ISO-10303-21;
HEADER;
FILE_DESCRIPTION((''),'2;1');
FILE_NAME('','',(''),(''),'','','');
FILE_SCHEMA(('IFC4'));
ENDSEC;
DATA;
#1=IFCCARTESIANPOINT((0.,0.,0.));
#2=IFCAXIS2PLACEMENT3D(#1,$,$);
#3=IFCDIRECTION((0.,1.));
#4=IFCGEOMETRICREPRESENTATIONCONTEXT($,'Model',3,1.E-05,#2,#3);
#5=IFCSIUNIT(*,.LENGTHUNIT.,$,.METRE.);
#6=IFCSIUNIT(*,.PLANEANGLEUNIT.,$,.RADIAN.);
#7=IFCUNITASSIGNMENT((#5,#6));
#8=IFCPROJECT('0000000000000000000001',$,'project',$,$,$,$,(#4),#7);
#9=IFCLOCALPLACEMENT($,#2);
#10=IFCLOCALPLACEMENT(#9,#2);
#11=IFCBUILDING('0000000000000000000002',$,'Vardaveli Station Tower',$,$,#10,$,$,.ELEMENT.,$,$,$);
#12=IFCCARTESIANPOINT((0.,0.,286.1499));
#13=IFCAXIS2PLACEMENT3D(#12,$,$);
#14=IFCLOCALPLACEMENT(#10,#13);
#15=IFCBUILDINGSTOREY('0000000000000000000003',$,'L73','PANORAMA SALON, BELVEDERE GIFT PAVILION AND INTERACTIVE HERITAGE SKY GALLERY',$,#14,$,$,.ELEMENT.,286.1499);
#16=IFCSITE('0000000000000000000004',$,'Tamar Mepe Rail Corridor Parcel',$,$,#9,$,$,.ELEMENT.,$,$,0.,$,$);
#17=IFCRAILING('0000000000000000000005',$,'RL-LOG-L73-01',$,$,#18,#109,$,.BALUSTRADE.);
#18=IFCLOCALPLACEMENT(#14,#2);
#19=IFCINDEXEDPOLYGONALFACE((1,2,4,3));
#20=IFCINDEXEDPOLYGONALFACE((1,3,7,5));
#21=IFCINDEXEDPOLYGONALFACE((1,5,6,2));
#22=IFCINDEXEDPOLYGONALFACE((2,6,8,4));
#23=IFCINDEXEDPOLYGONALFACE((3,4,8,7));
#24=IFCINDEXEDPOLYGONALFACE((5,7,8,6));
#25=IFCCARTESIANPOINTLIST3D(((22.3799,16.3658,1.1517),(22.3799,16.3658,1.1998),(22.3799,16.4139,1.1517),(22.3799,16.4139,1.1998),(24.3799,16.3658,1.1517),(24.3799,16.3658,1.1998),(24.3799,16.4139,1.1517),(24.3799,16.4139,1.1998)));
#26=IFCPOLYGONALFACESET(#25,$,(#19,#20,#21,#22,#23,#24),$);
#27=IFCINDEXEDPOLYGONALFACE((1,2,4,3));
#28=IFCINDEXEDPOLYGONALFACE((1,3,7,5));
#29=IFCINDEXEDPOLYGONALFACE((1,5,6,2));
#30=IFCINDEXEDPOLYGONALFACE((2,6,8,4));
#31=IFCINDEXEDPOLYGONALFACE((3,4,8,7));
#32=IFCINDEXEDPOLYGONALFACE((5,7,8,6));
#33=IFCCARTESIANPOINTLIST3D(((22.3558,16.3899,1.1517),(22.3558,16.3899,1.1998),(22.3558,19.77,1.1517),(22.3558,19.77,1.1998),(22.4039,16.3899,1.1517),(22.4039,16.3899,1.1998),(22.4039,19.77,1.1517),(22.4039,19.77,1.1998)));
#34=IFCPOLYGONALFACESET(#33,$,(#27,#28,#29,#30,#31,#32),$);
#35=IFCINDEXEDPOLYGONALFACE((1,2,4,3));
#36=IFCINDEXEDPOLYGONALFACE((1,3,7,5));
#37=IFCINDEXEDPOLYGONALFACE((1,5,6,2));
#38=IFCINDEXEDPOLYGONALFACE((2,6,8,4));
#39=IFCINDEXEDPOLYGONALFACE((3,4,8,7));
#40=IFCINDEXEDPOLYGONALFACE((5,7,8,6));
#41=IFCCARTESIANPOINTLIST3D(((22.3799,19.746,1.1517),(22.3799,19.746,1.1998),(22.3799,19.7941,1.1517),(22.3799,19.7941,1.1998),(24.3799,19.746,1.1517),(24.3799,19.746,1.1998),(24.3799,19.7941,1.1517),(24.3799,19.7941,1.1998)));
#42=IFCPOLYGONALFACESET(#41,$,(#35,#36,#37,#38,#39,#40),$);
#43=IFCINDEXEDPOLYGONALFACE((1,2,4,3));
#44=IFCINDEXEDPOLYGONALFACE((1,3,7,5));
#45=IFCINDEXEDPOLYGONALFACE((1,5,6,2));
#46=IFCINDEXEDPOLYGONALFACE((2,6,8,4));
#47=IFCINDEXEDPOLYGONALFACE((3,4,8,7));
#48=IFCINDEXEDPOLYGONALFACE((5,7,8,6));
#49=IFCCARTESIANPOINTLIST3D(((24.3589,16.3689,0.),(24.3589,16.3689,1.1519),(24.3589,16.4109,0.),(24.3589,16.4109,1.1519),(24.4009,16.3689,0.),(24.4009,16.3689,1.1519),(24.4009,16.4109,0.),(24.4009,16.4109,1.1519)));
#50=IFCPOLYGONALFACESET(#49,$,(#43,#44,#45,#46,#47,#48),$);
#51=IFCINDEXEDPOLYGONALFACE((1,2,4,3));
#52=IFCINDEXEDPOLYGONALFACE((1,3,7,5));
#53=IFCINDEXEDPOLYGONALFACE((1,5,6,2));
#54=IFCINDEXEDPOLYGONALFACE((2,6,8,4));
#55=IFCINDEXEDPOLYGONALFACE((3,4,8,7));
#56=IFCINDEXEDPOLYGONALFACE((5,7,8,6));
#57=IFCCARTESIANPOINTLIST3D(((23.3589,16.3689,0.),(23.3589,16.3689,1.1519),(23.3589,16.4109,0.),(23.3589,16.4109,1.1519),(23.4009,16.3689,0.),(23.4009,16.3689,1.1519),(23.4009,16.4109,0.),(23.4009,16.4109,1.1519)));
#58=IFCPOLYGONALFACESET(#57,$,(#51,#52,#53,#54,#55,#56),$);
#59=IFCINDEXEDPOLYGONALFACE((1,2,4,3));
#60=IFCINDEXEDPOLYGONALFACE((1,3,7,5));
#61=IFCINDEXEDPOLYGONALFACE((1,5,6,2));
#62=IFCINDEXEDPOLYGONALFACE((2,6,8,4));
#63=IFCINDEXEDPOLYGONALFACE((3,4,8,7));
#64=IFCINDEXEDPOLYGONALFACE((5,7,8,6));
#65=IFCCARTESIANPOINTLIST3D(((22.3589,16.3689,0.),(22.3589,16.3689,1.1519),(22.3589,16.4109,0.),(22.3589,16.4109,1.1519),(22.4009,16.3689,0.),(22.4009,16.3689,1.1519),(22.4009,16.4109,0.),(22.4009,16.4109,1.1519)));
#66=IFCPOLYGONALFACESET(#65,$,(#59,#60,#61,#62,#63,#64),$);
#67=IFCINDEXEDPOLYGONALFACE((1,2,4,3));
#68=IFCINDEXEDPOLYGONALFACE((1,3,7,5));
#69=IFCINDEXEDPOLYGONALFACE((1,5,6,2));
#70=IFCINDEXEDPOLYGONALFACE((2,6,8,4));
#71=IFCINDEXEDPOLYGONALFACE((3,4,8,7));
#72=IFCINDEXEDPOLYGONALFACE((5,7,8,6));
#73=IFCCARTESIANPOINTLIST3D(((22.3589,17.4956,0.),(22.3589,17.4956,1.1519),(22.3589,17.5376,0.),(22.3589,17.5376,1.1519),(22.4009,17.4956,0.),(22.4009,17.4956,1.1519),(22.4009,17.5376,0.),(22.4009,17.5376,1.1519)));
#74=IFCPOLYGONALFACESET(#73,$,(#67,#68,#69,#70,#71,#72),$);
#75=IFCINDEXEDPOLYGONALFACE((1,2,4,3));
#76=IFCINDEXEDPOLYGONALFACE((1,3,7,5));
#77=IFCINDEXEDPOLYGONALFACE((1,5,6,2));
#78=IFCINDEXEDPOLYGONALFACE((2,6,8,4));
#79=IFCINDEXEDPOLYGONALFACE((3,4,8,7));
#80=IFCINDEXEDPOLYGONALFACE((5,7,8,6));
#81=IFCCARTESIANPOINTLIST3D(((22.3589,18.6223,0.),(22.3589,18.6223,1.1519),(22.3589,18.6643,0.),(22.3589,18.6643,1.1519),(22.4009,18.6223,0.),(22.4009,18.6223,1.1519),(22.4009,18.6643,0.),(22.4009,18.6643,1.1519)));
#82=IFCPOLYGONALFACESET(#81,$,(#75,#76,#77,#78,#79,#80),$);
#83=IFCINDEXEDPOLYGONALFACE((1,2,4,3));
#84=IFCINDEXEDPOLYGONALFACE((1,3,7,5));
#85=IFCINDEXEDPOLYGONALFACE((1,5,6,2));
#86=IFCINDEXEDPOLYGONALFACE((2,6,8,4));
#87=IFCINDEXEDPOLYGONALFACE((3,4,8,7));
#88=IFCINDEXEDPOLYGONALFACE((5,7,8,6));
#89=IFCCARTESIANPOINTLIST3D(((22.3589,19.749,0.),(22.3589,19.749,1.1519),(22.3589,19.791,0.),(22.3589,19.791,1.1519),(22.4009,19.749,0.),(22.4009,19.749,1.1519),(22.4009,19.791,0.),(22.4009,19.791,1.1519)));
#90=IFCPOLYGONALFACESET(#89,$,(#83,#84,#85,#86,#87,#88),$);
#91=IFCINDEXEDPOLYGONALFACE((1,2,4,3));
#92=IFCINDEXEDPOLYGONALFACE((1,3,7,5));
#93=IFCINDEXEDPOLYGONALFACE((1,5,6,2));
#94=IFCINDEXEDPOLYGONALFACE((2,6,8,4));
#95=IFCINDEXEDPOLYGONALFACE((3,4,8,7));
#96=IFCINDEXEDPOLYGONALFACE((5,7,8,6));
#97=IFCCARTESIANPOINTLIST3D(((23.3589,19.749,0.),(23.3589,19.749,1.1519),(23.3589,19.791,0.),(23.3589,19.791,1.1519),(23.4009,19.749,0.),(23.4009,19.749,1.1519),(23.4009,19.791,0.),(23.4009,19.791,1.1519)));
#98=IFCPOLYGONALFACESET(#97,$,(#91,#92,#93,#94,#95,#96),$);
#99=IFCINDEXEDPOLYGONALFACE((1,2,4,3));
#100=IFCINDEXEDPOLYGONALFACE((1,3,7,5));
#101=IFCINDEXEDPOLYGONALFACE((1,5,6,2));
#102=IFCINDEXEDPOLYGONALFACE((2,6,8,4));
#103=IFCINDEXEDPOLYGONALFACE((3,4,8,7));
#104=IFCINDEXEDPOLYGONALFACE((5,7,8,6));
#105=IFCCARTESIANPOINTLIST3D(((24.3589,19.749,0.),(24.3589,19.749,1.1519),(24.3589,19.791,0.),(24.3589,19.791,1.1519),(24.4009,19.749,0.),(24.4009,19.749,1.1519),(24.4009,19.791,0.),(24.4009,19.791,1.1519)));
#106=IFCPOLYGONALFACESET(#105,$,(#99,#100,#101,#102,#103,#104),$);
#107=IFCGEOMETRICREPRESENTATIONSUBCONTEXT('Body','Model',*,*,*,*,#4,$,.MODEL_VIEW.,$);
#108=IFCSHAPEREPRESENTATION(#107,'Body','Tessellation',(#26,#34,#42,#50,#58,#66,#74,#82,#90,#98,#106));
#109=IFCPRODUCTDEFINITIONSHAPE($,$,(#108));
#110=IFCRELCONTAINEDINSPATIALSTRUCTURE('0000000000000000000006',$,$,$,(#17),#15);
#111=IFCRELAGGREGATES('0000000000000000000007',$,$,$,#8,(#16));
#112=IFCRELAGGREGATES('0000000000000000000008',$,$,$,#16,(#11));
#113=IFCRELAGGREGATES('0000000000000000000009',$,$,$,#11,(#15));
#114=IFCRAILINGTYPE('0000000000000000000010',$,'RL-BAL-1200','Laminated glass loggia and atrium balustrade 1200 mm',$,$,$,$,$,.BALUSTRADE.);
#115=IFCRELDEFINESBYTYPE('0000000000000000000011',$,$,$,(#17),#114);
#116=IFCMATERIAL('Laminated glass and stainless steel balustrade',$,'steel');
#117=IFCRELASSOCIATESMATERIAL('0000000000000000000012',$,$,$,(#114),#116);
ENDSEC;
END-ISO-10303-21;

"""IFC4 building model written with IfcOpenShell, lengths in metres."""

from ifc_helpers import new_model, si_unit, direction, frame, origin, origin_2d, place, context, subcontext, project, spatial, rectangle, extrude, source, transform, mapped, material, type_object, element, save


model = new_model("IFC4")

# Units and contexts
model_context = context("Model", 3, precision=1e-05, world=origin(), true_north=direction((0.0, 1.0)))
body_context = subcontext(model_context, "Body", "Model", "MODEL_VIEW")
ifc_project = project(units=[si_unit("LENGTHUNIT", "METRE"), si_unit("PLANEANGLEUNIT", "RADIAN")], contexts=[model_context])

# Site, building, storey
site_placement = place(None, origin())
site = spatial("IfcSite", under=ifc_project, at=site_placement, Name="Tamar Mepe Rail Corridor Parcel", CompositionType="ELEMENT", RefElevation=0.0)
building_placement = place(site_placement, origin())
building = spatial("IfcBuilding", under=site, at=building_placement, Name="Vardaveli Station Tower", CompositionType="ELEMENT")
storey_placement = place(building_placement, frame((0.0, 0.0, 286.1499)))
storey = spatial("IfcBuildingStorey", under=building, at=storey_placement, Name="L73", Description="PANORAMA SALON, BELVEDERE GIFT PAVILION AND INTERACTIVE HERITAGE SKY GALLERY", CompositionType="ELEMENT", Elevation=286.1499)

# Railing
ifc_material_1 = material(Name="Laminated glass and stainless steel balustrade", Category="steel")
railing_type = type_object("IfcRailingType", Name="RL-BAL-1200", Description="Laminated glass loggia and atrium balustrade 1200 mm", PredefinedType="BALUSTRADE", material=ifc_material_1)
shared_shape_1 = source(origin(), body_context, "Body", "SweptSolid", [
    extrude(rectangle(XDim=0.0481, YDim=0.0481, at=origin_2d()), frame((0.0, 0.0, 1.1758), z_axis=(-1.0, 0.0, 0.0), x_axis=(0.0, -1.0, 0.0)), (0.0, 0.0, 1.0), 2.0),
    extrude(rectangle(XDim=0.0481, YDim=0.0481, at=origin_2d()), frame((-2.0, 0.0, 1.1758), z_axis=(0.0, 1.0, 0.0), x_axis=(-1.0, 0.0, 0.0)), (0.0, 0.0, 1.0), 3.3801),
    extrude(rectangle(XDim=0.0481, YDim=0.0481, at=origin_2d()), frame((-2.0, 3.3801, 1.1758), z_axis=(1.0, 0.0, 0.0), x_axis=(0.0, 1.0, 0.0)), (0.0, 0.0, 1.0), 2.0),
    extrude(rectangle(XDim=0.042, YDim=0.042, at=origin_2d()), origin(), (0.0, 0.0, 1.0), 1.1519),
    extrude(rectangle(XDim=0.042, YDim=0.042, at=origin_2d()), frame((-1.0, 0.0, 0.0)), (0.0, 0.0, 1.0), 1.1519),
    extrude(rectangle(XDim=0.042, YDim=0.042, at=origin_2d()), frame((-2.0, 0.0, 0.0)), (0.0, 0.0, 1.0), 1.1519),
    extrude(rectangle(XDim=0.042, YDim=0.042, at=origin_2d()), frame((-2.0, 1.1267, 0.0)), (0.0, 0.0, 1.0), 1.1519),
    extrude(rectangle(XDim=0.042, YDim=0.042, at=origin_2d()), frame((-2.0, 2.2534, 0.0)), (0.0, 0.0, 1.0), 1.1519),
    extrude(rectangle(XDim=0.042, YDim=0.042, at=origin_2d()), frame((-2.0, 3.3801, 0.0)), (0.0, 0.0, 1.0), 1.1519),
    extrude(rectangle(XDim=0.042, YDim=0.042, at=origin_2d()), frame((-1.0, 3.3801, 0.0)), (0.0, 0.0, 1.0), 1.1519),
    extrude(rectangle(XDim=0.042, YDim=0.042, at=origin_2d()), frame((0.0, 3.3801, 0.0)), (0.0, 0.0, 1.0), 1.1519),
])
railing_placement = place(storey_placement, frame((24.3799, 16.3899, 0.0)))
element("IfcRailing", 1, at=railing_placement, inside=storey, type_object=railing_type, Name="RL-LOG-L73-01", PredefinedType="BALUSTRADE", context=body_context, shape_type="MappedRepresentation", body=[
    mapped(shared_shape_1, transform((0.0, 0.0, 0.0), scale=1.0)),
])

save(model, "model.ifc")
